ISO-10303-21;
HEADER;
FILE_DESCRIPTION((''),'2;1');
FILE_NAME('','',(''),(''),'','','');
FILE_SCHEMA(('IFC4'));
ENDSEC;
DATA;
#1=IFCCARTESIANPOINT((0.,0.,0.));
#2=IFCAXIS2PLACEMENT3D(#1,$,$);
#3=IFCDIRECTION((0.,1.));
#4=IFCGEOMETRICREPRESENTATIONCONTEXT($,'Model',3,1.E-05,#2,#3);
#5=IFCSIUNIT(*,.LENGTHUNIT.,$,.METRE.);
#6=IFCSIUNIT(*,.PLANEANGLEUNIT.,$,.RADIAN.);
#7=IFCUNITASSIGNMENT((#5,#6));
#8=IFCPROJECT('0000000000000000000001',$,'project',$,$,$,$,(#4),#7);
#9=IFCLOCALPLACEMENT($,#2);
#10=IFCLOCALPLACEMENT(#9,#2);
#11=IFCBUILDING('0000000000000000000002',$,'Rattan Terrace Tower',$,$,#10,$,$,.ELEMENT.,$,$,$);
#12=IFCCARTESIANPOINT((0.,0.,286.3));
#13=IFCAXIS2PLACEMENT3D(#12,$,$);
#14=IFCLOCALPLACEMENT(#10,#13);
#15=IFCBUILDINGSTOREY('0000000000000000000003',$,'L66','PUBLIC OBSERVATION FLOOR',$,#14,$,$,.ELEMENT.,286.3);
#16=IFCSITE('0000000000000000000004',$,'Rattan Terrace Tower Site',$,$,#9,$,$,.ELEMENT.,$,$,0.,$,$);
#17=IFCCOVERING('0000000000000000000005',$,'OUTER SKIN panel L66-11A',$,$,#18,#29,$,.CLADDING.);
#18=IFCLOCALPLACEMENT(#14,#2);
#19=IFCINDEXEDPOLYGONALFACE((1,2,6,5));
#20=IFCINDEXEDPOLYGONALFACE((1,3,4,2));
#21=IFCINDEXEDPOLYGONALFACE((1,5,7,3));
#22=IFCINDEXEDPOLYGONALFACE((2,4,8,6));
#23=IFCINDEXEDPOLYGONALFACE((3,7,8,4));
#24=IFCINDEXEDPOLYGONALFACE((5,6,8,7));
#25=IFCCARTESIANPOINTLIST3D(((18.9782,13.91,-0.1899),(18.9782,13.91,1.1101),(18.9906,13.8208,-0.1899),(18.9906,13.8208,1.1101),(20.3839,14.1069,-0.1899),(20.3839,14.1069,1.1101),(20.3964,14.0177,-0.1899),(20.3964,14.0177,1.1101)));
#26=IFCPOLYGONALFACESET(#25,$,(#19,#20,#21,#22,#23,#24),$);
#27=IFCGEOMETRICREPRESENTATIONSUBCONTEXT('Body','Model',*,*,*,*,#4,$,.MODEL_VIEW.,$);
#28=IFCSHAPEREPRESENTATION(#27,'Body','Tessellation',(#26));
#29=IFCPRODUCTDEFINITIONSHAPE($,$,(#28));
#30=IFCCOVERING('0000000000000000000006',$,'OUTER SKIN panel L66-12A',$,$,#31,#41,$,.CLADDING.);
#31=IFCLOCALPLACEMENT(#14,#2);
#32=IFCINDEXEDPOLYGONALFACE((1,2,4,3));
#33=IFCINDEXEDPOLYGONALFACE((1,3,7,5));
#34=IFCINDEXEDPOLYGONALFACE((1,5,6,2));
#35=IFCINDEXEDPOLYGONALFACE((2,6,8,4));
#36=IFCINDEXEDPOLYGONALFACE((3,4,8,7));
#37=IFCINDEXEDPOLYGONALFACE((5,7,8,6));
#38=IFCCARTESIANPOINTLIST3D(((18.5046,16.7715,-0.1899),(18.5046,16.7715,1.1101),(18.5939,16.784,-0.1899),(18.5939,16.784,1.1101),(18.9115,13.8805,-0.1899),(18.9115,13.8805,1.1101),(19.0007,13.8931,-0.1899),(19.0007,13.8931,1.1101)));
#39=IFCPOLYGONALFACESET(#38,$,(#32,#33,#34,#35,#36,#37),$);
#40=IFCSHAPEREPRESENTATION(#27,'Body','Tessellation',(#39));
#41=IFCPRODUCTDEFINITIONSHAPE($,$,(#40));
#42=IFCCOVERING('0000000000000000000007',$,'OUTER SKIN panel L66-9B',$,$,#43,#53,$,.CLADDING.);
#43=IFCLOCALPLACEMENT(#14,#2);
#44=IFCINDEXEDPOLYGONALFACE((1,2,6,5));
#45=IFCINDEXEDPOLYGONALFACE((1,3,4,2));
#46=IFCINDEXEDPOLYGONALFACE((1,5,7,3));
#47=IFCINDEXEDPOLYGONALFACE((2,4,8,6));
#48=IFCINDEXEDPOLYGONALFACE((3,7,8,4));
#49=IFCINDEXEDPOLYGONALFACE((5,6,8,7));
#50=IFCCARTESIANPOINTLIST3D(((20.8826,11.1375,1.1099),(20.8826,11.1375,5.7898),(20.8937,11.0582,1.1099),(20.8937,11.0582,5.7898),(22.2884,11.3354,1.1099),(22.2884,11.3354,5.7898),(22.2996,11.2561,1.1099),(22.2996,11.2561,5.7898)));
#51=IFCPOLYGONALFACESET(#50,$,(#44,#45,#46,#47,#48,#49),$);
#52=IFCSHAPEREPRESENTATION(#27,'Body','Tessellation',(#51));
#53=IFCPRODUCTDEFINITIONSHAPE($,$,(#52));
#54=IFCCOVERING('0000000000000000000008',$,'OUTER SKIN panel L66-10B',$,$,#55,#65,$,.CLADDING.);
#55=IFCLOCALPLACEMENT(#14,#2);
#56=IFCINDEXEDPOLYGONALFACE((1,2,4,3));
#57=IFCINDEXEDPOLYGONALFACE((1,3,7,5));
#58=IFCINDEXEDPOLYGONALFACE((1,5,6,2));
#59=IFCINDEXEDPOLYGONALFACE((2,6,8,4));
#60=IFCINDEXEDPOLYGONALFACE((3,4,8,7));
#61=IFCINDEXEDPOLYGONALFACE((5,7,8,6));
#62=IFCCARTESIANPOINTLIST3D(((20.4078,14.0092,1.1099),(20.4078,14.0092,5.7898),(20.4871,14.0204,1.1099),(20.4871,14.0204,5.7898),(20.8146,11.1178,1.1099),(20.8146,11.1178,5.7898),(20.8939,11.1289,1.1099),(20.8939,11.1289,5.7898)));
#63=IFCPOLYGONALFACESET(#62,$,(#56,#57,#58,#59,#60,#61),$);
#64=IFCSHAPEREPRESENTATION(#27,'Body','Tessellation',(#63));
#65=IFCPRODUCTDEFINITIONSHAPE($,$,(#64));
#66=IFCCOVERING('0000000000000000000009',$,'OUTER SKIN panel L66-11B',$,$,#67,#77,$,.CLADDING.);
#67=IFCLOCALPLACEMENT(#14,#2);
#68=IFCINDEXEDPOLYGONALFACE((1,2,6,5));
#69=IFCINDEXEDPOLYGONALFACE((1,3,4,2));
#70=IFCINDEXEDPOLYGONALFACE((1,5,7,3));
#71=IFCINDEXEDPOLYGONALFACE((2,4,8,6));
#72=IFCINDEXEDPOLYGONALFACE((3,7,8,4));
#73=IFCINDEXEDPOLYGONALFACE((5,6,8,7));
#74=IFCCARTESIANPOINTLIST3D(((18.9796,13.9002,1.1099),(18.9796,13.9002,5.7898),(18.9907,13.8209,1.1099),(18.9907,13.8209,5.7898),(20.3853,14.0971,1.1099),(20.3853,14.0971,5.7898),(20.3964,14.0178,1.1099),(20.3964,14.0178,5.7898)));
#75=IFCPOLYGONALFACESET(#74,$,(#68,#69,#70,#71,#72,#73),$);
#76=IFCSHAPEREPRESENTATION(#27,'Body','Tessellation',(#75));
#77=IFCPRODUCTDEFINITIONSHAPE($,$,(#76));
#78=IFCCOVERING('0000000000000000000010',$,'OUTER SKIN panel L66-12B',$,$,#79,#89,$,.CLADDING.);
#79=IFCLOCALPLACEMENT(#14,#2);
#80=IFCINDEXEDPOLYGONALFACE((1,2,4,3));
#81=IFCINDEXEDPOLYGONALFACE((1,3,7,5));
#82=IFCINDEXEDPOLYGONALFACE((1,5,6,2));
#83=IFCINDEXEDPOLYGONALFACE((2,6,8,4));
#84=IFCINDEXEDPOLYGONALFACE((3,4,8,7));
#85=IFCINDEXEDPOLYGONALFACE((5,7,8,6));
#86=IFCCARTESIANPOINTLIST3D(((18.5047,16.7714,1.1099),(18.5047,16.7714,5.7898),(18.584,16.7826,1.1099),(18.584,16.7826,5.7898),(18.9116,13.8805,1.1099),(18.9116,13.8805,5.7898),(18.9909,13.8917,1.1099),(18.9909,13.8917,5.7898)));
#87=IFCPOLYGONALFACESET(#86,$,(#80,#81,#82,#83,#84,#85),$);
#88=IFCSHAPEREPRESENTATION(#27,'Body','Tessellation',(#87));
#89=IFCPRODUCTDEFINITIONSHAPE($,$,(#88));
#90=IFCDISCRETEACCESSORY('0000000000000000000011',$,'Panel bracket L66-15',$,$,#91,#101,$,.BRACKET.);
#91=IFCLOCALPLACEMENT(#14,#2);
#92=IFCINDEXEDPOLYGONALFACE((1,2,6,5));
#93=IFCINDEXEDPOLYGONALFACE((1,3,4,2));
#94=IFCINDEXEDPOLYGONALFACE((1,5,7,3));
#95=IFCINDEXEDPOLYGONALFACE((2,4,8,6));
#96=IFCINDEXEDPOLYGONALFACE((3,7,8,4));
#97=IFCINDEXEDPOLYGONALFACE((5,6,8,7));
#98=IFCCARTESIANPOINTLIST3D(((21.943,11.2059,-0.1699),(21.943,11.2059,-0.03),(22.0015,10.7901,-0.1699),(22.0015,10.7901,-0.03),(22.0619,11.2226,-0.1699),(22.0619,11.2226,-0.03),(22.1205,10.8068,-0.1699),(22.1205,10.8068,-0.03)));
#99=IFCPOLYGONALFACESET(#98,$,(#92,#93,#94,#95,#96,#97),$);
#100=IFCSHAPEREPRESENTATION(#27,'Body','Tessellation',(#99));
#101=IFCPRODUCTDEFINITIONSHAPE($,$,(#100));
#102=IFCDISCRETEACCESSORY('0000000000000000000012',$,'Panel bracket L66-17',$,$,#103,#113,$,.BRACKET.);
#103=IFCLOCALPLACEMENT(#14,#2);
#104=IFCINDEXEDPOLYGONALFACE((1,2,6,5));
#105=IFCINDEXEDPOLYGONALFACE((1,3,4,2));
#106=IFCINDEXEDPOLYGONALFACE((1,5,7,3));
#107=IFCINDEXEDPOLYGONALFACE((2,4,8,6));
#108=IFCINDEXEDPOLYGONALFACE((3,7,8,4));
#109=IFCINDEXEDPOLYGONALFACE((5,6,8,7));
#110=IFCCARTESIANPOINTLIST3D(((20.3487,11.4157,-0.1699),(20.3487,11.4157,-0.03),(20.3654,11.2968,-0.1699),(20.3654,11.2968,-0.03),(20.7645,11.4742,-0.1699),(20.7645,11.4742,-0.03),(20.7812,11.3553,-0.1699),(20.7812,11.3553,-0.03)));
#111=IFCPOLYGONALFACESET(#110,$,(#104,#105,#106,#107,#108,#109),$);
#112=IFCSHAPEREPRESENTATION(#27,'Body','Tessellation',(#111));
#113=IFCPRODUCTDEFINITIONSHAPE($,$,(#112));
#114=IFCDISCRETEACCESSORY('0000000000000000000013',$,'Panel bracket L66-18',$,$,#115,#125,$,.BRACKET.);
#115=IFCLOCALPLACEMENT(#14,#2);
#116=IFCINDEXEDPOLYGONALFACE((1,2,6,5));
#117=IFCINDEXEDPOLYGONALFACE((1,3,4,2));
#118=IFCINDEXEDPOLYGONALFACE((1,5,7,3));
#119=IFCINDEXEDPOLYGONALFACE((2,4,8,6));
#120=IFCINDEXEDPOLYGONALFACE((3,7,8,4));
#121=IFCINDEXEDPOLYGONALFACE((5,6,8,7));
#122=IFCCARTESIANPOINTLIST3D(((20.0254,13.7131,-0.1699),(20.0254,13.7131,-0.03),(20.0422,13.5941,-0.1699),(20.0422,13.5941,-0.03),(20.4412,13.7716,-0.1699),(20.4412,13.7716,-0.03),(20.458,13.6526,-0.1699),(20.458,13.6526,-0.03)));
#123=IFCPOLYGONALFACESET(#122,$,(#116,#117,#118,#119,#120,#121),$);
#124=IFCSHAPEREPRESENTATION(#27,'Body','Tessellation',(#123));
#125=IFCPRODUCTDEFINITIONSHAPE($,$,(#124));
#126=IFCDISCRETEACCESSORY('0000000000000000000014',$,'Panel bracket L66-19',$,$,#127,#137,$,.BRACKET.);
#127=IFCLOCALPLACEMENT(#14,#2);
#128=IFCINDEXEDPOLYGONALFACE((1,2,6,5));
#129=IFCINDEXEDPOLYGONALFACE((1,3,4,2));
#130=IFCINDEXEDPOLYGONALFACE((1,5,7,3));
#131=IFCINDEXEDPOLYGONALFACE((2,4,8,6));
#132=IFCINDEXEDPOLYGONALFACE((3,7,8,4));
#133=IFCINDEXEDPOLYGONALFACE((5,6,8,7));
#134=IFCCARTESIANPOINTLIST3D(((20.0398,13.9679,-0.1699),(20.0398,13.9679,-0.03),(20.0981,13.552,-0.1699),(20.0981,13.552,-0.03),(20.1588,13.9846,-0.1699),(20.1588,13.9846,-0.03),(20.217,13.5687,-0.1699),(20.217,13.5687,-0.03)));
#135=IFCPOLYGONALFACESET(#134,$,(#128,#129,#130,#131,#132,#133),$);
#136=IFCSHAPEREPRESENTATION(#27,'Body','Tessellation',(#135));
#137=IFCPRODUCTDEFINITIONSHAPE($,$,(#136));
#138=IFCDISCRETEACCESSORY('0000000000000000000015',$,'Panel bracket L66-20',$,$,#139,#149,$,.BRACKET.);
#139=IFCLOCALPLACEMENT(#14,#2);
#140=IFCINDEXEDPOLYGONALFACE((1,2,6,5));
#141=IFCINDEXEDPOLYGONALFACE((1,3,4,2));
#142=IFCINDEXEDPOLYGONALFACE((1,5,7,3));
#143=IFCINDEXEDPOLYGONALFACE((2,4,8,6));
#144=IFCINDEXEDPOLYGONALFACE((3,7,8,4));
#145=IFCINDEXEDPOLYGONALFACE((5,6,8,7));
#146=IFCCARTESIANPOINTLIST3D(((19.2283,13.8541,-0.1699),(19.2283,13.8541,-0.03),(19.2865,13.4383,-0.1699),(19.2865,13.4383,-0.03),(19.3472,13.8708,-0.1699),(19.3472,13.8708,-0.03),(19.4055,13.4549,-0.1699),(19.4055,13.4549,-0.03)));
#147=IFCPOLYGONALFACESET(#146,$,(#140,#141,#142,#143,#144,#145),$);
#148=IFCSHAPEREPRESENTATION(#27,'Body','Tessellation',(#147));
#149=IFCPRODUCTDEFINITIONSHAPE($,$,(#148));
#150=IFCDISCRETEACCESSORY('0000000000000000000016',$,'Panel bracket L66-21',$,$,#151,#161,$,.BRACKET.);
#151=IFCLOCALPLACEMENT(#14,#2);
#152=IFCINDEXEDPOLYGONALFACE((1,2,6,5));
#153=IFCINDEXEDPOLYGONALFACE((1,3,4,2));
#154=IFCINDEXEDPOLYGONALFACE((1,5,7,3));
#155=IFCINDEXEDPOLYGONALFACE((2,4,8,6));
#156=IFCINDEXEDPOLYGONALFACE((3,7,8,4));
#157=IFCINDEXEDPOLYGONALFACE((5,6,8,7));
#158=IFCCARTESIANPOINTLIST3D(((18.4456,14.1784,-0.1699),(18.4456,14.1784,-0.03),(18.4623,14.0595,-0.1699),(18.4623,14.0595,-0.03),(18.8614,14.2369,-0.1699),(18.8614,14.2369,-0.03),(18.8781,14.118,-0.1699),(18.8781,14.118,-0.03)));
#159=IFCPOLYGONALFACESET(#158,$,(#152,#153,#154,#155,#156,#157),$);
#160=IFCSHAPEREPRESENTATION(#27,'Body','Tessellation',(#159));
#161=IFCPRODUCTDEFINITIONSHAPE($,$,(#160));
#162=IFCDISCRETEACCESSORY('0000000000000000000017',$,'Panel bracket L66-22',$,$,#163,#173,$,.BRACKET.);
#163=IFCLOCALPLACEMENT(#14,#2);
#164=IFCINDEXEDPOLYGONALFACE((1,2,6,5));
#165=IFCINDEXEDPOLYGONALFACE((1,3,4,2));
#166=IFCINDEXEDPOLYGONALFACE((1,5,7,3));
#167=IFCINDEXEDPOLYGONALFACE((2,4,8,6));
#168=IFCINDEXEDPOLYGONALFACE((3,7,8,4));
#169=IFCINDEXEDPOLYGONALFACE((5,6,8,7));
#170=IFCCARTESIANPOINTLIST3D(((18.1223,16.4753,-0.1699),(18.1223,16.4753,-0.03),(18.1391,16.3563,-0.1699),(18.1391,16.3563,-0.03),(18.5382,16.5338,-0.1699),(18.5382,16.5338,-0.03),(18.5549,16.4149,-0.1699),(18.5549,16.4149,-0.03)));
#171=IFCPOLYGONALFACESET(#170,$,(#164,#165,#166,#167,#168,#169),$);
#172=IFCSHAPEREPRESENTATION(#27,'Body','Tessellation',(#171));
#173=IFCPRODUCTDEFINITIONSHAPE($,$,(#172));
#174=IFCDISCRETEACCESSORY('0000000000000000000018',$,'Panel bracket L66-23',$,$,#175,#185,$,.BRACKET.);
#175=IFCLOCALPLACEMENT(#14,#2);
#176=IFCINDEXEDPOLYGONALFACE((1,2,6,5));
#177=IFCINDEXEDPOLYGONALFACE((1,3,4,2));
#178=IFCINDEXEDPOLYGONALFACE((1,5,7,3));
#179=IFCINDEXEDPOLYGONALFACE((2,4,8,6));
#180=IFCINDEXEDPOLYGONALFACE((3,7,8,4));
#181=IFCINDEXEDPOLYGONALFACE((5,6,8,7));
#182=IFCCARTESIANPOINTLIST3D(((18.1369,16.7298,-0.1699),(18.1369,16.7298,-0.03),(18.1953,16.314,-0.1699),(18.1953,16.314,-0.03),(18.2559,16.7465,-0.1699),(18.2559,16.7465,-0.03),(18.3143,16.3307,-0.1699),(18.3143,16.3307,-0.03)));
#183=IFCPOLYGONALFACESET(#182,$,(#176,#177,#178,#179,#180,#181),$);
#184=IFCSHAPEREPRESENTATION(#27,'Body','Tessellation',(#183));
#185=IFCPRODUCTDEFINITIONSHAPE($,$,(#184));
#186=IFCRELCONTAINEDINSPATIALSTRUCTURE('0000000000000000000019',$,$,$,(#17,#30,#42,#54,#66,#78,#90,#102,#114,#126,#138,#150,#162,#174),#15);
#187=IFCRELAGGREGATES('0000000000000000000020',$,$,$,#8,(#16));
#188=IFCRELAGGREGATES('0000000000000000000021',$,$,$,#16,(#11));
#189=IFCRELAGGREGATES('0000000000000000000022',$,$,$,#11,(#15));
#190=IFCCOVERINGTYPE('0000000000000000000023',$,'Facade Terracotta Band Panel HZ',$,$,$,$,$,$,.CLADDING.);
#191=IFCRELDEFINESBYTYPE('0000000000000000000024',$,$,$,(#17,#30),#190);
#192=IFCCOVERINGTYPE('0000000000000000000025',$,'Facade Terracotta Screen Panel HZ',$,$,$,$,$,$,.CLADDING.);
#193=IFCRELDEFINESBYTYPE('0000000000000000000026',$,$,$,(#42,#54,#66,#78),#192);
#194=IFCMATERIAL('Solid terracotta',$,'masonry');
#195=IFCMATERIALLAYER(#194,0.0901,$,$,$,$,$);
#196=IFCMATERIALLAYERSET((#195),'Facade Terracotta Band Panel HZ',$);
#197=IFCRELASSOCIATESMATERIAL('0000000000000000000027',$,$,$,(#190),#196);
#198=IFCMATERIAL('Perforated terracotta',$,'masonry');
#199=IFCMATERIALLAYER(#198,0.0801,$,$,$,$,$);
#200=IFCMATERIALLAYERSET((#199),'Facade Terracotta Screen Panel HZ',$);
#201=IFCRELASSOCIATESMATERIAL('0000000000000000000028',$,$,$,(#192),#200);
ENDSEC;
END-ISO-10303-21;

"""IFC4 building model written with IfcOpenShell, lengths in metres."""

from ifc_helpers import new_model, si_unit, direction, frame, origin, origin_2d, place, context, subcontext, project, spatial, rectangle, extrude, material, layer, layer_set, type_object, element, save


model = new_model("IFC4")

# Units and contexts
model_context = context("Model", 3, precision=1e-05, world=origin(), true_north=direction((0.0, 1.0)))
body_context = subcontext(model_context, "Body", "Model", "MODEL_VIEW")
ifc_project = project(units=[si_unit("LENGTHUNIT", "METRE"), si_unit("PLANEANGLEUNIT", "RADIAN")], contexts=[model_context])

# Site, building, storey
site_placement = place(None, origin())
site = spatial("IfcSite", under=ifc_project, at=site_placement, Name="Rattan Terrace Tower Site", CompositionType="ELEMENT", RefElevation=0.0)
building_placement = place(site_placement, origin())
building = spatial("IfcBuilding", under=site, at=building_placement, Name="Rattan Terrace Tower", CompositionType="ELEMENT")
storey_placement = place(building_placement, frame((0.0, 0.0, 286.3)))
storey = spatial("IfcBuildingStorey", under=building, at=storey_placement, Name="L66", Description="PUBLIC OBSERVATION FLOOR", CompositionType="ELEMENT", Elevation=286.3)

# Coverings
ifc_material_1 = material(Name="Solid terracotta", Category="masonry")
ifc_layer_1 = layer(ifc_material_1, 0.0901)
ifc_layer_set_1 = layer_set([ifc_layer_1], Name="Facade Terracotta Band Panel HZ")
covering_type_1 = type_object("IfcCoveringType", Name="Facade Terracotta Band Panel HZ", PredefinedType="CLADDING", material=ifc_layer_set_1)
covering_1_placement = place(storey_placement, frame((19.6873, 13.9639, -0.1899), z_axis=(0.0, 0.0, 1.0), x_axis=(-0.990333, -0.138713, 0.0)))
element("IfcCovering", 1, at=covering_1_placement, inside=storey, type_object=covering_type_1, Name="OUTER SKIN panel L66-11A", PredefinedType="CLADDING", context=body_context, shape_type="SweptSolid", body=[
    extrude(rectangle(XDim=1.4194, YDim=0.0901, at=origin_2d()), origin(), (0.0, 0.0, 1.0), 1.3),
])
covering_2_placement = place(storey_placement, frame((18.7527, 15.3323, -0.1899), z_axis=(0.0, 0.0, 1.0), x_axis=(-0.139367, 0.990241, 0.0)))
element("IfcCovering", 2, at=covering_2_placement, inside=storey, type_object=covering_type_1, Name="OUTER SKIN panel L66-12A", PredefinedType="CLADDING", context=body_context, shape_type="SweptSolid", body=[
    extrude(rectangle(XDim=2.9194, YDim=0.0901, at=origin_2d()), origin(), (0.0, 0.0, 1.0), 1.3),
])
ifc_material_2 = material(Name="Perforated terracotta", Category="masonry")
ifc_layer_2 = layer(ifc_material_2, 0.0801)
ifc_layer_set_2 = layer_set([ifc_layer_2], Name="Facade Terracotta Screen Panel HZ")
covering_type_2 = type_object("IfcCoveringType", Name="Facade Terracotta Screen Panel HZ", PredefinedType="CLADDING", material=ifc_layer_set_2)
covering_3_placement = place(storey_placement, frame((21.5911, 11.1968, 1.1099), z_axis=(0.0, 0.0, 1.0), x_axis=(-0.990241, -0.139367, 0.0)))
element("IfcCovering", 3, at=covering_3_placement, inside=storey, type_object=covering_type_2, Name="OUTER SKIN panel L66-9B", PredefinedType="CLADDING", context=body_context, shape_type="SweptSolid", body=[
    extrude(rectangle(XDim=1.4197, YDim=0.0801, at=origin_2d()), origin(), (0.0, 0.0, 1.0), 4.6799),
])
covering_4_placement = place(storey_placement, frame((20.6509, 12.5691, 1.1099), z_axis=(0.0, 0.0, 1.0), x_axis=(-0.139321, 0.990247, 0.0)))
element("IfcCovering", 4, at=covering_4_placement, inside=storey, type_object=covering_type_2, Name="OUTER SKIN panel L66-10B", PredefinedType="CLADDING", context=body_context, shape_type="SweptSolid", body=[
    extrude(rectangle(XDim=2.9199, YDim=0.0801, at=origin_2d()), origin(), (0.0, 0.0, 1.0), 4.6799),
])
covering_5_placement = place(storey_placement, frame((19.688, 13.959, 1.1099), z_axis=(0.0, 0.0, 1.0), x_axis=(-0.990333, -0.138713, 0.0)))
element("IfcCovering", 5, at=covering_5_placement, inside=storey, type_object=covering_type_2, Name="OUTER SKIN panel L66-11B", PredefinedType="CLADDING", context=body_context, shape_type="SweptSolid", body=[
    extrude(rectangle(XDim=1.4194, YDim=0.0801, at=origin_2d()), origin(), (0.0, 0.0, 1.0), 4.6799),
])
covering_6_placement = place(storey_placement, frame((18.7478, 15.3315, 1.1099), z_axis=(0.0, 0.0, 1.0), x_axis=(-0.139367, 0.990241, 0.0)))
element("IfcCovering", 6, at=covering_6_placement, inside=storey, type_object=covering_type_2, Name="OUTER SKIN panel L66-12B", PredefinedType="CLADDING", context=body_context, shape_type="SweptSolid", body=[
    extrude(rectangle(XDim=2.9194, YDim=0.0801, at=origin_2d()), origin(), (0.0, 0.0, 1.0), 4.6799),
])

# Discrete accessories
for number, where, z_axis, x_axis, name in (
    (7, (22.0317, 11.0063, -0.1699), (0.0, 0.0, 1.0), (-0.990241, -0.139367, 0.0), "Panel bracket L66-15"),
    (8, (20.5649, 11.3855, -0.1699), (0.0, 0.0, 1.0), (-0.139321, 0.990247, 0.0), "Panel bracket L66-17"),
    (9, (20.2417, 13.6829, -0.1699), (0.0, 0.0, 1.0), (-0.139321, 0.990247, 0.0), "Panel bracket L66-18"),
    (10, (20.1284, 13.7683, -0.1699), (0.0, 0.0, 1.0), (-0.990333, -0.138713, 0.0), "Panel bracket L66-19"),
    (11, (19.3169, 13.6545, -0.1699), (0.0, 0.0, 1.0), (-0.990333, -0.138713, 0.0), "Panel bracket L66-20"),
    (12, (18.6619, 14.1482, -0.1699), (0.0, 0.0, 1.0), (-0.139367, 0.990241, 0.0), "Panel bracket L66-21"),
    (13, (18.3386, 16.4451, -0.1699), (0.0, 0.0, 1.0), (-0.139367, 0.990241, 0.0), "Panel bracket L66-22"),
    (14, (18.2256, 16.5303, -0.1699), (0.0, 0.0, 1.0), (-0.990287, -0.13904, 0.0), "Panel bracket L66-23"),
):
    element("IfcDiscreteAccessory", number, at=place(storey_placement, frame(where, z_axis=z_axis, x_axis=x_axis)), inside=storey, Name=name, PredefinedType="BRACKET", context=body_context, shape_type="SweptSolid", body=[
        extrude(rectangle(XDim=0.1201, YDim=0.4199, at=origin_2d()), origin(), (0.0, 0.0, 1.0), 0.1399),
    ])

save(model, "model.ifc")
